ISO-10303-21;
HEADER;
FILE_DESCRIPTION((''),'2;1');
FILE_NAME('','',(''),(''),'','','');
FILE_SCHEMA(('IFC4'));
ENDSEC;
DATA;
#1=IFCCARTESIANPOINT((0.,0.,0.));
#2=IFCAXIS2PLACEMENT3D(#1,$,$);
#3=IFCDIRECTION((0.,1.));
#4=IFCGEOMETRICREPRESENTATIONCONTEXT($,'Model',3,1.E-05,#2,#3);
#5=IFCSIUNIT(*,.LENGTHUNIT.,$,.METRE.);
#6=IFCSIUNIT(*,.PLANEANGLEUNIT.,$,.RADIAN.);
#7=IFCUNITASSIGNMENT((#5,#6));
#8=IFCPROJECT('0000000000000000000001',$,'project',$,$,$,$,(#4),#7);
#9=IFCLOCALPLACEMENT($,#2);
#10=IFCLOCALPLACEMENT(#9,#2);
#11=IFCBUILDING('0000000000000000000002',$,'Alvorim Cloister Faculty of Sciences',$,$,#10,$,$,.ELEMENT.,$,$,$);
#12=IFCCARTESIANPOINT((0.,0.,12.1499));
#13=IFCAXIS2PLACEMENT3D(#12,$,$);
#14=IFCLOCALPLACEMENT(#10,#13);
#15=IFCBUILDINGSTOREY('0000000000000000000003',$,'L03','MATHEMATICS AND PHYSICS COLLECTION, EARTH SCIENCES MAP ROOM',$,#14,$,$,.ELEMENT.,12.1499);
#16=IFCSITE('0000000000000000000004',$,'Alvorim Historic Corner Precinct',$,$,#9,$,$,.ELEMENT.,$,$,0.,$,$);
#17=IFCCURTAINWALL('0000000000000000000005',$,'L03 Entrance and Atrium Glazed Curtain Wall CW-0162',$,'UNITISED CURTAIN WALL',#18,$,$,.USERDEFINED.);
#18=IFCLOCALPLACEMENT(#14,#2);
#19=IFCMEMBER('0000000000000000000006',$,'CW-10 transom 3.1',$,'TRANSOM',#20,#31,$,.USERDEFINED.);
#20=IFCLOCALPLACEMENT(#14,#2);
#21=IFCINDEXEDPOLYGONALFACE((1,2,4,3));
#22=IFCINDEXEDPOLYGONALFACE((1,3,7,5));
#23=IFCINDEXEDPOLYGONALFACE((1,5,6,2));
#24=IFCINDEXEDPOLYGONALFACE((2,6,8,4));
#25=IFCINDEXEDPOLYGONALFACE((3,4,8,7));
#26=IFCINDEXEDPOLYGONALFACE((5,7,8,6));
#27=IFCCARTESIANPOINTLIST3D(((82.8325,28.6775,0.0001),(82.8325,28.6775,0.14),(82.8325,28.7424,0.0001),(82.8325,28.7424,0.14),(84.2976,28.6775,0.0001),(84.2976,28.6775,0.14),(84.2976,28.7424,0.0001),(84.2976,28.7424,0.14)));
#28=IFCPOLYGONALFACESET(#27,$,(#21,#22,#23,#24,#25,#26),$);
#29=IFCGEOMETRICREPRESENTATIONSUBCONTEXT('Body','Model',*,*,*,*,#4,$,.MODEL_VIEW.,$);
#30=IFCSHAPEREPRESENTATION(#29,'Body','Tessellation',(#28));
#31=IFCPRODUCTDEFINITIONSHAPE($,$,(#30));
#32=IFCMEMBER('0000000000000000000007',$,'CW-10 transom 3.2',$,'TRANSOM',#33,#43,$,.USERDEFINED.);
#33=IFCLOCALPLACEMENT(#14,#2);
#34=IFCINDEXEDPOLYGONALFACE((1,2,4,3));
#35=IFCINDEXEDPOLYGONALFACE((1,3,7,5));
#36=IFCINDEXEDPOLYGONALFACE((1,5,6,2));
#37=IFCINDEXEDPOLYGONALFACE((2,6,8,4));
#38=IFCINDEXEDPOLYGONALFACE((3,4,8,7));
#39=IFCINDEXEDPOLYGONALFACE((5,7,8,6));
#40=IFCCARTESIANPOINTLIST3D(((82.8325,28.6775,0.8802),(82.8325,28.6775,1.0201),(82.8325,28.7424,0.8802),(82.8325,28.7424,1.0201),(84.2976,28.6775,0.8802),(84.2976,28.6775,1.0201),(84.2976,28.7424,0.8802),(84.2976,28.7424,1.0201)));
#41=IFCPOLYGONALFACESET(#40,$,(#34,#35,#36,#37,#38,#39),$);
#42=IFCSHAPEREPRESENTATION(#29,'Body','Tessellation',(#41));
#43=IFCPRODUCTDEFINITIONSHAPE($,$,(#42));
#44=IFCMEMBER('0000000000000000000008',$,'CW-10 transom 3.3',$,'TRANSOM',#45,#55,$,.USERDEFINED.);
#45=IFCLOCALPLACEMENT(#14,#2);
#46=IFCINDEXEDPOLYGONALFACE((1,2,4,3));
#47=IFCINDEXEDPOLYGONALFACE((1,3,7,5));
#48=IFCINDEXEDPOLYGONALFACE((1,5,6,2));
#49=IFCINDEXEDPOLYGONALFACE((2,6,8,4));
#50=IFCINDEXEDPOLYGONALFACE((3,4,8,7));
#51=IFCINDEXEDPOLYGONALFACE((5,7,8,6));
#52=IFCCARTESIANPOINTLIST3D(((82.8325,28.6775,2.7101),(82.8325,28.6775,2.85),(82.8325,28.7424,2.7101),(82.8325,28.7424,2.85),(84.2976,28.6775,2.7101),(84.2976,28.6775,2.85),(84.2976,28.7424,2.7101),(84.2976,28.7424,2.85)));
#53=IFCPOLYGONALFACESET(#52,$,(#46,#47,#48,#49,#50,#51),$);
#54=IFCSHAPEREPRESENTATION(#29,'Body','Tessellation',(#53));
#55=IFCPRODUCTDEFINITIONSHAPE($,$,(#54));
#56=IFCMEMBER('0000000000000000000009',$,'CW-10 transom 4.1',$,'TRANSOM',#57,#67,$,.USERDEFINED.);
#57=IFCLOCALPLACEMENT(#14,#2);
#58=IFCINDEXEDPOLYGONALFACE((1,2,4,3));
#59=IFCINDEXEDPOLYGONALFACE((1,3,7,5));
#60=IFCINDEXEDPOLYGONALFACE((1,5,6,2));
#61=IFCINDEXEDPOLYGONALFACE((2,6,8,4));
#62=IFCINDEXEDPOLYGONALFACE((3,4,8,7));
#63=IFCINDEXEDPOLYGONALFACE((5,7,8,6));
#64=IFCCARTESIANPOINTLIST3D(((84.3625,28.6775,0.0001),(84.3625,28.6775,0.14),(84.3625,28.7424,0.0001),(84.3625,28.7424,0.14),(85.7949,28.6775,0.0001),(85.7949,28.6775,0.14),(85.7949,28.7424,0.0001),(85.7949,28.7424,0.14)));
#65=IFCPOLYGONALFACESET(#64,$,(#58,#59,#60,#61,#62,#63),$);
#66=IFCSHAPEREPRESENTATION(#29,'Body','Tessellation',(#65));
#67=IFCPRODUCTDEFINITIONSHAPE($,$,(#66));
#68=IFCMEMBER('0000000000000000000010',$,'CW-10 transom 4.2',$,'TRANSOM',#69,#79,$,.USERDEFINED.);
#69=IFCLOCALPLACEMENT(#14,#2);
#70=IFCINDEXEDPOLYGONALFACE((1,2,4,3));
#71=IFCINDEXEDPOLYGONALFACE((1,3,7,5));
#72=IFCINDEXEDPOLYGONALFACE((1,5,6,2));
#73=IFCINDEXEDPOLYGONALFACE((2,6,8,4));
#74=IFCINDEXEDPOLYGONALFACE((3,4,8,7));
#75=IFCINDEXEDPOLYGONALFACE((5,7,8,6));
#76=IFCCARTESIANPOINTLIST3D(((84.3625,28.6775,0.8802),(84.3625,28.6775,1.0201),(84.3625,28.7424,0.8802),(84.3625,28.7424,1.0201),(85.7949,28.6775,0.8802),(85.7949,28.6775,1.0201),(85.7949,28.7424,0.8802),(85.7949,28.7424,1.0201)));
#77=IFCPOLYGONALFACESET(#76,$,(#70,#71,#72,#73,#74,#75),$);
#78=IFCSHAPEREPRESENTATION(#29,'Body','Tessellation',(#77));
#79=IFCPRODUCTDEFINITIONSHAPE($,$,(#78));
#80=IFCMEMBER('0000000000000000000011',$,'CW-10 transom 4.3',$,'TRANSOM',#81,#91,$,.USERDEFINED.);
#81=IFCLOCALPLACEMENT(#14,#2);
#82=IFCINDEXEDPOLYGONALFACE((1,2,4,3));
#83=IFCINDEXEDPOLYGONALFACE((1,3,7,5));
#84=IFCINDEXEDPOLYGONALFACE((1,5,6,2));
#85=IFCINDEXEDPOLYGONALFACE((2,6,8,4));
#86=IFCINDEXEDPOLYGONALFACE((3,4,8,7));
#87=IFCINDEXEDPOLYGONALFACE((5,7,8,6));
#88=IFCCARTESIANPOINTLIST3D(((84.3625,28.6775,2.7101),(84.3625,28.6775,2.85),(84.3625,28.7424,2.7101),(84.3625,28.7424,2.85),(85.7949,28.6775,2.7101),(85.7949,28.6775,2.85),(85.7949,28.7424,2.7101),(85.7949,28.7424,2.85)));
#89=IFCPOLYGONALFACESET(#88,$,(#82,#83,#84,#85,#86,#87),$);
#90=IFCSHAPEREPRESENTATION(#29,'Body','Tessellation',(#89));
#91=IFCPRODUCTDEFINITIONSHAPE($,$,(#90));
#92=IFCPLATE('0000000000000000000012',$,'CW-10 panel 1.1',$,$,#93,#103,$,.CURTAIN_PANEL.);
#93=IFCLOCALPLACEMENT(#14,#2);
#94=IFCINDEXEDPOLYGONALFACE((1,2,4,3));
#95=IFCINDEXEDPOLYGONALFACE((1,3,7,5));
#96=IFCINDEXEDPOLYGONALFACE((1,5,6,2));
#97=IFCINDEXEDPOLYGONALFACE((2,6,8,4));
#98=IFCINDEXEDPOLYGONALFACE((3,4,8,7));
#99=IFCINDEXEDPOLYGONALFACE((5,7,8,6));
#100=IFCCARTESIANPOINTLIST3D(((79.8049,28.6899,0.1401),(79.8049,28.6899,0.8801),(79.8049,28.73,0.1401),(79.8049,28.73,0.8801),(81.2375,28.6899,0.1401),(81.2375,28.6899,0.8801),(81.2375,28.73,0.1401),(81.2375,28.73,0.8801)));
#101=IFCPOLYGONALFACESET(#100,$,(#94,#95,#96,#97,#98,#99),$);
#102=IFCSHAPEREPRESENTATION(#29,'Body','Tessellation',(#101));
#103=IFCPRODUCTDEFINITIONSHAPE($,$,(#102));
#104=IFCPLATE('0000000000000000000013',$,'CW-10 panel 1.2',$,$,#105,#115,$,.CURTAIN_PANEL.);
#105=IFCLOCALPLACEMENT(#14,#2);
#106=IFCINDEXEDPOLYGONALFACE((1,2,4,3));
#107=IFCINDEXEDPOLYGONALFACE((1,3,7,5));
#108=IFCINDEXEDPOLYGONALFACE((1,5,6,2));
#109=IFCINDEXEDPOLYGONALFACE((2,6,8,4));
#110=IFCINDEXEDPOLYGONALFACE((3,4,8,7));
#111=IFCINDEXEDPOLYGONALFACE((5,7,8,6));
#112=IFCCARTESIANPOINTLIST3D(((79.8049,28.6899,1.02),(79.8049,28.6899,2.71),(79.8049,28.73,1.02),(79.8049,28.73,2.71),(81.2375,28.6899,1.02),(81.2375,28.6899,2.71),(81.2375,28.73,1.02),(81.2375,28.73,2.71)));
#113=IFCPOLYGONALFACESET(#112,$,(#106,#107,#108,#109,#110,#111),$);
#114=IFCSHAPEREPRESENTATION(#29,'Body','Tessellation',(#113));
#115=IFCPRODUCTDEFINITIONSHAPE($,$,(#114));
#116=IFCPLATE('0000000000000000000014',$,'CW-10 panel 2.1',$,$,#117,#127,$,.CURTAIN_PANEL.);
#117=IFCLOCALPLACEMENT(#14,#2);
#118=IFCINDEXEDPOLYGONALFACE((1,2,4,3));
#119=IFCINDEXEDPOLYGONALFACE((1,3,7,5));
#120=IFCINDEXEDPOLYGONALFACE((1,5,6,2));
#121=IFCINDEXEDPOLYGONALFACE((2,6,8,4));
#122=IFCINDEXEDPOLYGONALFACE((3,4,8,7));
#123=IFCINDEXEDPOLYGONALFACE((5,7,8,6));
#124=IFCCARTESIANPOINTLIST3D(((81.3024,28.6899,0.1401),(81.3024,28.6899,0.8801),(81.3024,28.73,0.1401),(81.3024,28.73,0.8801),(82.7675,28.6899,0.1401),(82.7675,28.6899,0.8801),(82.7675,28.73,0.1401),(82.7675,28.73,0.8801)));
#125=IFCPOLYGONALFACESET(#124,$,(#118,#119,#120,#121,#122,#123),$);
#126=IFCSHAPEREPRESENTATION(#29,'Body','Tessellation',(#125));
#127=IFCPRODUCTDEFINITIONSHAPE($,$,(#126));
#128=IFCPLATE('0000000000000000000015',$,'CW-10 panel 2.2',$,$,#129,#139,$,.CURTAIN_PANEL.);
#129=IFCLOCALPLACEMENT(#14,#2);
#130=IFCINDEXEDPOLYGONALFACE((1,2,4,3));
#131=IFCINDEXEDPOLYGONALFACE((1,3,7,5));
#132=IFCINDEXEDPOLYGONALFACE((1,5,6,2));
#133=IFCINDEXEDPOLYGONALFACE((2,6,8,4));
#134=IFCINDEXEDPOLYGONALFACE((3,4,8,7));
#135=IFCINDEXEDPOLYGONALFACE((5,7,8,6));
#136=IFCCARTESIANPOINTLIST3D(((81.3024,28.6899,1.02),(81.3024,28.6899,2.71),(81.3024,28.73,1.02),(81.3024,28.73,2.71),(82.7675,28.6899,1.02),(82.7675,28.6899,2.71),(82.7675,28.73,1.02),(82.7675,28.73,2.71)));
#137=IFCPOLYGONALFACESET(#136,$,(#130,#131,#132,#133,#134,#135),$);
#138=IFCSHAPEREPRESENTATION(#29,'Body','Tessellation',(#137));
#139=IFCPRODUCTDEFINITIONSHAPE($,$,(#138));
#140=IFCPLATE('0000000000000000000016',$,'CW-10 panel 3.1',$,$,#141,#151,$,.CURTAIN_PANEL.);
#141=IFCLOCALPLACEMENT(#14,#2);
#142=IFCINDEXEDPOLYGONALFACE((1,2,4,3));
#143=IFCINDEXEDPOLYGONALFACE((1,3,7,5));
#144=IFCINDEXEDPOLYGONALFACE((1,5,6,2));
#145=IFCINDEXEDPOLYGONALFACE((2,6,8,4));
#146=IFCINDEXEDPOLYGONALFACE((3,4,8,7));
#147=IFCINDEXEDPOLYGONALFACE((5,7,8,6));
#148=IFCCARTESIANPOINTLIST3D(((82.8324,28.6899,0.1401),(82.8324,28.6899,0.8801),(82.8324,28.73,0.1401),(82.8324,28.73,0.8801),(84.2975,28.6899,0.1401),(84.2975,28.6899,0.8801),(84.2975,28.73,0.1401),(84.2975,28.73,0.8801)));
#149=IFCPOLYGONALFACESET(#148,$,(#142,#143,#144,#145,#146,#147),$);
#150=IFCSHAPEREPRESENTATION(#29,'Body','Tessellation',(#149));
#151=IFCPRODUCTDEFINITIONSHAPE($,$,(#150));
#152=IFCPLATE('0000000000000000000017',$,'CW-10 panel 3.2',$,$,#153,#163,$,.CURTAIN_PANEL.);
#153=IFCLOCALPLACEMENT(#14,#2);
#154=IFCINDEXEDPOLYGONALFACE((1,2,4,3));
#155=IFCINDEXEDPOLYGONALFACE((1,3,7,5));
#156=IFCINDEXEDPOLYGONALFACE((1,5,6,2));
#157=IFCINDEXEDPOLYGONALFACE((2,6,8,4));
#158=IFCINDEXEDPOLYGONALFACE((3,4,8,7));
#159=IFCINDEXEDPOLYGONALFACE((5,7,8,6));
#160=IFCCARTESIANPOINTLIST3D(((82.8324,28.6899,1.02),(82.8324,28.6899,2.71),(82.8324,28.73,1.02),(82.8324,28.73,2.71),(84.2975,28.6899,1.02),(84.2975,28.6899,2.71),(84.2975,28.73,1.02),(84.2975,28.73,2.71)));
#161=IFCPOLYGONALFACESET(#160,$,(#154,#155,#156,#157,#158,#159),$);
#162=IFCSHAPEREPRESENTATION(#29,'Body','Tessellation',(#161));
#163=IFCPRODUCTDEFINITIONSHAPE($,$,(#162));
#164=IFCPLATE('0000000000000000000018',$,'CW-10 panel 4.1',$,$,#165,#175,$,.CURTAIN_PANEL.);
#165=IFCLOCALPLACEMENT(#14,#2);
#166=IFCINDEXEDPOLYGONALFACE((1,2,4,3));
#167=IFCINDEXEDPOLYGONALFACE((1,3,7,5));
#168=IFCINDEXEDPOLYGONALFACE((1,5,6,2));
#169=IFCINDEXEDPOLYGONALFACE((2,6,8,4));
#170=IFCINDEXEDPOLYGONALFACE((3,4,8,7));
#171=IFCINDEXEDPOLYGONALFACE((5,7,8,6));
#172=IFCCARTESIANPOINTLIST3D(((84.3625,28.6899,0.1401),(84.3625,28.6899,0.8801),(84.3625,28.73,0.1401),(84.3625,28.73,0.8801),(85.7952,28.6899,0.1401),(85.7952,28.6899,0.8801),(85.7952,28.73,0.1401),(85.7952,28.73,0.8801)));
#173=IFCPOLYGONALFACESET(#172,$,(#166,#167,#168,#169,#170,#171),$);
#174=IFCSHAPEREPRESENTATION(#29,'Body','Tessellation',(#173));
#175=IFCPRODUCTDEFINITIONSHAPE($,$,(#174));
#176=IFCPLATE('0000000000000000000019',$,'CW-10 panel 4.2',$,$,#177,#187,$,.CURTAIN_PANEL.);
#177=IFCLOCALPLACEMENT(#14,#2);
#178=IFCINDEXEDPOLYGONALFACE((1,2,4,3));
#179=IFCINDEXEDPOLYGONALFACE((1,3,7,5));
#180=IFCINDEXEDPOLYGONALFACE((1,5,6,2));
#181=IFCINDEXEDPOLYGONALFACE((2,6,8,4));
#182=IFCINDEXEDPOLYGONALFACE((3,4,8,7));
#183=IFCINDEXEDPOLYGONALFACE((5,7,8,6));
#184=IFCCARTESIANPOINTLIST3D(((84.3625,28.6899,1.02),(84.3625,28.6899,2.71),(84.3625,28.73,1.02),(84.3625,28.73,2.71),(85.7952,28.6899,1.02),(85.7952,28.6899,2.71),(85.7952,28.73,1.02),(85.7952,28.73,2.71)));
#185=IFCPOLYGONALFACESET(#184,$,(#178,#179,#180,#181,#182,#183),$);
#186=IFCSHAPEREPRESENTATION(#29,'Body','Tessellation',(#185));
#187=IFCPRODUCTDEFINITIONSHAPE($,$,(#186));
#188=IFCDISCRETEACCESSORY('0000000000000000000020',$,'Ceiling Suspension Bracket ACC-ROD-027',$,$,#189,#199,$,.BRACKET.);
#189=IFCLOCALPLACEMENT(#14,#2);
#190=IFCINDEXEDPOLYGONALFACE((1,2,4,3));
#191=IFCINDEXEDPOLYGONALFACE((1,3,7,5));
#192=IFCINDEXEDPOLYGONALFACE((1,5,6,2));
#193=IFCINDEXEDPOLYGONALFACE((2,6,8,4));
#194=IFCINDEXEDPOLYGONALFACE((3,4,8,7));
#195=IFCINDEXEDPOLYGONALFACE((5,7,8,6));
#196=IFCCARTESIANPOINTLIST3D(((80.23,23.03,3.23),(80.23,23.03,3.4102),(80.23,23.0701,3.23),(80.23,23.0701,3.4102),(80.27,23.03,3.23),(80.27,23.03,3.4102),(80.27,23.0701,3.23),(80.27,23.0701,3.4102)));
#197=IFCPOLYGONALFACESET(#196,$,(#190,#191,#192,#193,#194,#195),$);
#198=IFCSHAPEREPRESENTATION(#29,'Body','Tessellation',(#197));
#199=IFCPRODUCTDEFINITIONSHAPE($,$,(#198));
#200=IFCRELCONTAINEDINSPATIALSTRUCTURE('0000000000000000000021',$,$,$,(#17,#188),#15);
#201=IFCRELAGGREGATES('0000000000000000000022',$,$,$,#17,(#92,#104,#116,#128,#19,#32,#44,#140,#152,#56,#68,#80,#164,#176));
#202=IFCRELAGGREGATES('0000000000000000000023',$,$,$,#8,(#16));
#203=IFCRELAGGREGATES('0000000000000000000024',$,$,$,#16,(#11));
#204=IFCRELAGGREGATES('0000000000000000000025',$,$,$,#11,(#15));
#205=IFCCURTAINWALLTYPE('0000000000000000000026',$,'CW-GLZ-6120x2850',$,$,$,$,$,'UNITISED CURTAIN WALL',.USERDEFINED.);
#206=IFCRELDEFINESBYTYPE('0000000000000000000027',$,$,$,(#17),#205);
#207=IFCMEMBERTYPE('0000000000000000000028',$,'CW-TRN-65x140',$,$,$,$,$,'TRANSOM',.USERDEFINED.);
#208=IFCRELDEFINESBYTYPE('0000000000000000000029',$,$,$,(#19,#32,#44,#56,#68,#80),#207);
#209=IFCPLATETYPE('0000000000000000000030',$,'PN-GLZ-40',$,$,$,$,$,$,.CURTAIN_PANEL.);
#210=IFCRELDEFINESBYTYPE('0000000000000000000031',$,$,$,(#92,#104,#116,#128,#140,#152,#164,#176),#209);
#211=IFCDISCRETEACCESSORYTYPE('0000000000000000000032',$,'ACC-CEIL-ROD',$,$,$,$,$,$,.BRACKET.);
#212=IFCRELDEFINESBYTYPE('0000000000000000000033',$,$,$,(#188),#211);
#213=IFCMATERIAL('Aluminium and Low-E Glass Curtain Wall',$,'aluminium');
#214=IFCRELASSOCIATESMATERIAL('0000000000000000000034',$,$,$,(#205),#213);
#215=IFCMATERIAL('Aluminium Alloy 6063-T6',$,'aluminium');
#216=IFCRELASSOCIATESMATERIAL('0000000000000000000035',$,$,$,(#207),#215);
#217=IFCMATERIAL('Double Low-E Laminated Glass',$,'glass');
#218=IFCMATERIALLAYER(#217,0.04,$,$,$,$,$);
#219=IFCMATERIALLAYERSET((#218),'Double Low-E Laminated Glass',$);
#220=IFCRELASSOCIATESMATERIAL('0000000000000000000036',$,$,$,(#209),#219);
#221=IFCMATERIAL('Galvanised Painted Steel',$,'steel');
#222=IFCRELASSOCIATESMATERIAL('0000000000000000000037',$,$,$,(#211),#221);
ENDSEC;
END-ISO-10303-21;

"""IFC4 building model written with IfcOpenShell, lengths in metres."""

from ifc_helpers import new_model, si_unit, direction, frame, origin, origin_2d, place, context, subcontext, project, spatial, rectangle, extrude, material, layer, layer_set, material_profile, profile_set, type_object, element, aggregate, save


model = new_model("IFC4")

# Units and contexts
model_context = context("Model", 3, precision=1e-05, world=origin(), true_north=direction((0.0, 1.0)))
body_context = subcontext(model_context, "Body", "Model", "MODEL_VIEW")
ifc_project = project(units=[si_unit("LENGTHUNIT", "METRE"), si_unit("PLANEANGLEUNIT", "RADIAN")], contexts=[model_context])

# Site, building, storey
site_placement = place(None, origin())
site = spatial("IfcSite", under=ifc_project, at=site_placement, Name="Alvorim Historic Corner Precinct", CompositionType="ELEMENT", RefElevation=0.0)
building_placement = place(site_placement, origin())
building = spatial("IfcBuilding", under=site, at=building_placement, Name="Alvorim Cloister Faculty of Sciences", CompositionType="ELEMENT")
storey_placement = place(building_placement, frame((0.0, 0.0, 12.1499)))
storey = spatial("IfcBuildingStorey", under=building, at=storey_placement, Name="L03", Description="MATHEMATICS AND PHYSICS COLLECTION, EARTH SCIENCES MAP ROOM", CompositionType="ELEMENT", Elevation=12.1499)

# Curtain wall, members, plates
ifc_material_1 = material(Name="Aluminium and Low-E Glass Curtain Wall", Category="aluminium")
curtain_wall_type = type_object("IfcCurtainWallType", Name="CW-GLZ-6120x2850", ElementType="UNITISED CURTAIN WALL", PredefinedType="USERDEFINED", material=ifc_material_1)
curtain_wall_placement = place(storey_placement, origin())
curtain_wall = element("IfcCurtainWall", 1, at=curtain_wall_placement, inside=storey, type_object=curtain_wall_type, Name="L03 Entrance and Atrium Glazed Curtain Wall CW-0162", ObjectType="UNITISED CURTAIN WALL", PredefinedType="USERDEFINED")
ifc_material_2 = material(Name="Aluminium Alloy 6063-T6", Category="aluminium")
ifc_material_profile_1 = material_profile(ifc_material_2, rectangle(XDim=0.0649, YDim=0.1399, at=origin_2d()), Name="ALU-TRN-65x140")
ifc_profile_set_1 = profile_set([ifc_material_profile_1], Name="Aluminium Alloy 6063-T6")
member_type_1 = type_object("IfcMemberType", Name="CW-TRN-65x140", ElementType="TRANSOM", PredefinedType="USERDEFINED", material=ifc_profile_set_1)
member_1_placement = place(storey_placement, frame((82.8325, 28.71, 0.0701), z_axis=(1.0, 0.0, 0.0), x_axis=(0.0, 1.0, 0.0)))
member_1 = element("IfcMember", 2, at=member_1_placement, type_object=member_type_1, Name="CW-10 transom 3.1", ObjectType="TRANSOM", PredefinedType="USERDEFINED", context=body_context, shape_type="SweptSolid", body=[
    extrude(rectangle(XDim=0.0649, YDim=0.1399, at=origin_2d()), origin(), (0.0, 0.0, 1.0), 1.4651),
])
member_2_placement = place(storey_placement, frame((82.8325, 28.71, 0.9502), z_axis=(1.0, 0.0, 0.0), x_axis=(0.0, 1.0, 0.0)))
member_2 = element("IfcMember", 3, at=member_2_placement, type_object=member_type_1, Name="CW-10 transom 3.2", ObjectType="TRANSOM", PredefinedType="USERDEFINED", context=body_context, shape_type="SweptSolid", body=[
    extrude(rectangle(XDim=0.0649, YDim=0.1399, at=origin_2d()), origin(), (0.0, 0.0, 1.0), 1.4651),
])
member_3_placement = place(storey_placement, frame((82.8325, 28.71, 2.78), z_axis=(1.0, 0.0, 0.0), x_axis=(0.0, 1.0, 0.0)))
member_3 = element("IfcMember", 4, at=member_3_placement, type_object=member_type_1, Name="CW-10 transom 3.3", ObjectType="TRANSOM", PredefinedType="USERDEFINED", context=body_context, shape_type="SweptSolid", body=[
    extrude(rectangle(XDim=0.0649, YDim=0.1399, at=origin_2d()), origin(), (0.0, 0.0, 1.0), 1.4651),
])
member_4_placement = place(storey_placement, frame((84.3625, 28.71, 0.0701), z_axis=(1.0, 0.0, 0.0), x_axis=(0.0, 1.0, 0.0)))
member_4 = element("IfcMember", 5, at=member_4_placement, type_object=member_type_1, Name="CW-10 transom 4.1", ObjectType="TRANSOM", PredefinedType="USERDEFINED", context=body_context, shape_type="SweptSolid", body=[
    extrude(rectangle(XDim=0.0649, YDim=0.1399, at=origin_2d()), origin(), (0.0, 0.0, 1.0), 1.4324),
])
member_5_placement = place(storey_placement, frame((84.3625, 28.71, 0.9502), z_axis=(1.0, 0.0, 0.0), x_axis=(0.0, 1.0, 0.0)))
member_5 = element("IfcMember", 6, at=member_5_placement, type_object=member_type_1, Name="CW-10 transom 4.2", ObjectType="TRANSOM", PredefinedType="USERDEFINED", context=body_context, shape_type="SweptSolid", body=[
    extrude(rectangle(XDim=0.0649, YDim=0.1399, at=origin_2d()), origin(), (0.0, 0.0, 1.0), 1.4324),
])
member_6_placement = place(storey_placement, frame((84.3625, 28.71, 2.78), z_axis=(1.0, 0.0, 0.0), x_axis=(0.0, 1.0, 0.0)))
member_6 = element("IfcMember", 7, at=member_6_placement, type_object=member_type_1, Name="CW-10 transom 4.3", ObjectType="TRANSOM", PredefinedType="USERDEFINED", context=body_context, shape_type="SweptSolid", body=[
    extrude(rectangle(XDim=0.0649, YDim=0.1399, at=origin_2d()), origin(), (0.0, 0.0, 1.0), 1.4324),
])
ifc_material_3 = material(Name="Double Low-E Laminated Glass", Category="glass")
ifc_layer = layer(ifc_material_3, 0.04)
ifc_layer_set = layer_set([ifc_layer], Name="Double Low-E Laminated Glass")
plate_type = type_object("IfcPlateType", Name="PN-GLZ-40", PredefinedType="CURTAIN_PANEL", material=ifc_layer_set)
plate_1_placement = place(storey_placement, frame((80.5212, 28.71, 0.1401), z_axis=(0.0, 0.0, 1.0), x_axis=(1.0, 0.0, 0.0)))
plate_1 = element("IfcPlate", 8, at=plate_1_placement, type_object=plate_type, Name="CW-10 panel 1.1", PredefinedType="CURTAIN_PANEL", context=body_context, shape_type="SweptSolid", body=[
    extrude(rectangle(XDim=1.4326, YDim=0.04, at=origin_2d()), origin(), (0.0, 0.0, 1.0), 0.74),
])
plate_2_placement = place(storey_placement, frame((80.5212, 28.71, 1.02), z_axis=(0.0, 0.0, 1.0), x_axis=(1.0, 0.0, 0.0)))
plate_2 = element("IfcPlate", 9, at=plate_2_placement, type_object=plate_type, Name="CW-10 panel 1.2", PredefinedType="CURTAIN_PANEL", context=body_context, shape_type="SweptSolid", body=[
    extrude(rectangle(XDim=1.4326, YDim=0.04, at=origin_2d()), origin(), (0.0, 0.0, 1.0), 1.6899),
])
plate_3_placement = place(storey_placement, frame((82.0349, 28.71, 0.1401), z_axis=(0.0, 0.0, 1.0), x_axis=(1.0, 0.0, 0.0)))
plate_3 = element("IfcPlate", 10, at=plate_3_placement, type_object=plate_type, Name="CW-10 panel 2.1", PredefinedType="CURTAIN_PANEL", context=body_context, shape_type="SweptSolid", body=[
    extrude(rectangle(XDim=1.4651, YDim=0.04, at=origin_2d()), origin(), (0.0, 0.0, 1.0), 0.74),
])
plate_4_placement = place(storey_placement, frame((82.0349, 28.71, 1.02), z_axis=(0.0, 0.0, 1.0), x_axis=(1.0, 0.0, 0.0)))
plate_4 = element("IfcPlate", 11, at=plate_4_placement, type_object=plate_type, Name="CW-10 panel 2.2", PredefinedType="CURTAIN_PANEL", context=body_context, shape_type="SweptSolid", body=[
    extrude(rectangle(XDim=1.4651, YDim=0.04, at=origin_2d()), origin(), (0.0, 0.0, 1.0), 1.6899),
])
plate_5_placement = place(storey_placement, frame((83.5649, 28.71, 0.1401), z_axis=(0.0, 0.0, 1.0), x_axis=(1.0, 0.0, 0.0)))
plate_5 = element("IfcPlate", 12, at=plate_5_placement, type_object=plate_type, Name="CW-10 panel 3.1", PredefinedType="CURTAIN_PANEL", context=body_context, shape_type="SweptSolid", body=[
    extrude(rectangle(XDim=1.4651, YDim=0.04, at=origin_2d()), origin(), (0.0, 0.0, 1.0), 0.74),
])
plate_6_placement = place(storey_placement, frame((83.5649, 28.71, 1.02), z_axis=(0.0, 0.0, 1.0), x_axis=(1.0, 0.0, 0.0)))
plate_6 = element("IfcPlate", 13, at=plate_6_placement, type_object=plate_type, Name="CW-10 panel 3.2", PredefinedType="CURTAIN_PANEL", context=body_context, shape_type="SweptSolid", body=[
    extrude(rectangle(XDim=1.4651, YDim=0.04, at=origin_2d()), origin(), (0.0, 0.0, 1.0), 1.6899),
])
plate_7_placement = place(storey_placement, frame((85.0789, 28.71, 0.1401), z_axis=(0.0, 0.0, 1.0), x_axis=(1.0, 0.0, 0.0)))
plate_7 = element("IfcPlate", 14, at=plate_7_placement, type_object=plate_type, Name="CW-10 panel 4.1", PredefinedType="CURTAIN_PANEL", context=body_context, shape_type="SweptSolid", body=[
    extrude(rectangle(XDim=1.4326, YDim=0.04, at=origin_2d()), origin(), (0.0, 0.0, 1.0), 0.74),
])
plate_8_placement = place(storey_placement, frame((85.0789, 28.71, 1.02), z_axis=(0.0, 0.0, 1.0), x_axis=(1.0, 0.0, 0.0)))
plate_8 = element("IfcPlate", 15, at=plate_8_placement, type_object=plate_type, Name="CW-10 panel 4.2", PredefinedType="CURTAIN_PANEL", context=body_context, shape_type="SweptSolid", body=[
    extrude(rectangle(XDim=1.4326, YDim=0.04, at=origin_2d()), origin(), (0.0, 0.0, 1.0), 1.6899),
])
aggregate(curtain_wall, [plate_1, plate_2, plate_3, plate_4, member_1, member_2, member_3, plate_5, plate_6, member_4, member_5, member_6, plate_7, plate_8])

# Discrete accessory
ifc_material_4 = material(Name="Galvanised Painted Steel", Category="steel")
discrete_accessory_type = type_object("IfcDiscreteAccessoryType", Name="ACC-CEIL-ROD", PredefinedType="BRACKET", material=ifc_material_4)
discrete_accessory_placement = place(storey_placement, frame((80.25, 23.05, 3.23), z_axis=(0.0, 0.0, 1.0), x_axis=(1.0, 0.0, 0.0)))
element("IfcDiscreteAccessory", 16, at=discrete_accessory_placement, inside=storey, type_object=discrete_accessory_type, Name="Ceiling Suspension Bracket ACC-ROD-027", PredefinedType="BRACKET", context=body_context, shape_type="SweptSolid", body=[
    extrude(rectangle(XDim=0.04, YDim=0.04, at=origin_2d()), origin(), (0.0, 0.0, 1.0), 0.1802),
])

save(model, "model.ifc")
